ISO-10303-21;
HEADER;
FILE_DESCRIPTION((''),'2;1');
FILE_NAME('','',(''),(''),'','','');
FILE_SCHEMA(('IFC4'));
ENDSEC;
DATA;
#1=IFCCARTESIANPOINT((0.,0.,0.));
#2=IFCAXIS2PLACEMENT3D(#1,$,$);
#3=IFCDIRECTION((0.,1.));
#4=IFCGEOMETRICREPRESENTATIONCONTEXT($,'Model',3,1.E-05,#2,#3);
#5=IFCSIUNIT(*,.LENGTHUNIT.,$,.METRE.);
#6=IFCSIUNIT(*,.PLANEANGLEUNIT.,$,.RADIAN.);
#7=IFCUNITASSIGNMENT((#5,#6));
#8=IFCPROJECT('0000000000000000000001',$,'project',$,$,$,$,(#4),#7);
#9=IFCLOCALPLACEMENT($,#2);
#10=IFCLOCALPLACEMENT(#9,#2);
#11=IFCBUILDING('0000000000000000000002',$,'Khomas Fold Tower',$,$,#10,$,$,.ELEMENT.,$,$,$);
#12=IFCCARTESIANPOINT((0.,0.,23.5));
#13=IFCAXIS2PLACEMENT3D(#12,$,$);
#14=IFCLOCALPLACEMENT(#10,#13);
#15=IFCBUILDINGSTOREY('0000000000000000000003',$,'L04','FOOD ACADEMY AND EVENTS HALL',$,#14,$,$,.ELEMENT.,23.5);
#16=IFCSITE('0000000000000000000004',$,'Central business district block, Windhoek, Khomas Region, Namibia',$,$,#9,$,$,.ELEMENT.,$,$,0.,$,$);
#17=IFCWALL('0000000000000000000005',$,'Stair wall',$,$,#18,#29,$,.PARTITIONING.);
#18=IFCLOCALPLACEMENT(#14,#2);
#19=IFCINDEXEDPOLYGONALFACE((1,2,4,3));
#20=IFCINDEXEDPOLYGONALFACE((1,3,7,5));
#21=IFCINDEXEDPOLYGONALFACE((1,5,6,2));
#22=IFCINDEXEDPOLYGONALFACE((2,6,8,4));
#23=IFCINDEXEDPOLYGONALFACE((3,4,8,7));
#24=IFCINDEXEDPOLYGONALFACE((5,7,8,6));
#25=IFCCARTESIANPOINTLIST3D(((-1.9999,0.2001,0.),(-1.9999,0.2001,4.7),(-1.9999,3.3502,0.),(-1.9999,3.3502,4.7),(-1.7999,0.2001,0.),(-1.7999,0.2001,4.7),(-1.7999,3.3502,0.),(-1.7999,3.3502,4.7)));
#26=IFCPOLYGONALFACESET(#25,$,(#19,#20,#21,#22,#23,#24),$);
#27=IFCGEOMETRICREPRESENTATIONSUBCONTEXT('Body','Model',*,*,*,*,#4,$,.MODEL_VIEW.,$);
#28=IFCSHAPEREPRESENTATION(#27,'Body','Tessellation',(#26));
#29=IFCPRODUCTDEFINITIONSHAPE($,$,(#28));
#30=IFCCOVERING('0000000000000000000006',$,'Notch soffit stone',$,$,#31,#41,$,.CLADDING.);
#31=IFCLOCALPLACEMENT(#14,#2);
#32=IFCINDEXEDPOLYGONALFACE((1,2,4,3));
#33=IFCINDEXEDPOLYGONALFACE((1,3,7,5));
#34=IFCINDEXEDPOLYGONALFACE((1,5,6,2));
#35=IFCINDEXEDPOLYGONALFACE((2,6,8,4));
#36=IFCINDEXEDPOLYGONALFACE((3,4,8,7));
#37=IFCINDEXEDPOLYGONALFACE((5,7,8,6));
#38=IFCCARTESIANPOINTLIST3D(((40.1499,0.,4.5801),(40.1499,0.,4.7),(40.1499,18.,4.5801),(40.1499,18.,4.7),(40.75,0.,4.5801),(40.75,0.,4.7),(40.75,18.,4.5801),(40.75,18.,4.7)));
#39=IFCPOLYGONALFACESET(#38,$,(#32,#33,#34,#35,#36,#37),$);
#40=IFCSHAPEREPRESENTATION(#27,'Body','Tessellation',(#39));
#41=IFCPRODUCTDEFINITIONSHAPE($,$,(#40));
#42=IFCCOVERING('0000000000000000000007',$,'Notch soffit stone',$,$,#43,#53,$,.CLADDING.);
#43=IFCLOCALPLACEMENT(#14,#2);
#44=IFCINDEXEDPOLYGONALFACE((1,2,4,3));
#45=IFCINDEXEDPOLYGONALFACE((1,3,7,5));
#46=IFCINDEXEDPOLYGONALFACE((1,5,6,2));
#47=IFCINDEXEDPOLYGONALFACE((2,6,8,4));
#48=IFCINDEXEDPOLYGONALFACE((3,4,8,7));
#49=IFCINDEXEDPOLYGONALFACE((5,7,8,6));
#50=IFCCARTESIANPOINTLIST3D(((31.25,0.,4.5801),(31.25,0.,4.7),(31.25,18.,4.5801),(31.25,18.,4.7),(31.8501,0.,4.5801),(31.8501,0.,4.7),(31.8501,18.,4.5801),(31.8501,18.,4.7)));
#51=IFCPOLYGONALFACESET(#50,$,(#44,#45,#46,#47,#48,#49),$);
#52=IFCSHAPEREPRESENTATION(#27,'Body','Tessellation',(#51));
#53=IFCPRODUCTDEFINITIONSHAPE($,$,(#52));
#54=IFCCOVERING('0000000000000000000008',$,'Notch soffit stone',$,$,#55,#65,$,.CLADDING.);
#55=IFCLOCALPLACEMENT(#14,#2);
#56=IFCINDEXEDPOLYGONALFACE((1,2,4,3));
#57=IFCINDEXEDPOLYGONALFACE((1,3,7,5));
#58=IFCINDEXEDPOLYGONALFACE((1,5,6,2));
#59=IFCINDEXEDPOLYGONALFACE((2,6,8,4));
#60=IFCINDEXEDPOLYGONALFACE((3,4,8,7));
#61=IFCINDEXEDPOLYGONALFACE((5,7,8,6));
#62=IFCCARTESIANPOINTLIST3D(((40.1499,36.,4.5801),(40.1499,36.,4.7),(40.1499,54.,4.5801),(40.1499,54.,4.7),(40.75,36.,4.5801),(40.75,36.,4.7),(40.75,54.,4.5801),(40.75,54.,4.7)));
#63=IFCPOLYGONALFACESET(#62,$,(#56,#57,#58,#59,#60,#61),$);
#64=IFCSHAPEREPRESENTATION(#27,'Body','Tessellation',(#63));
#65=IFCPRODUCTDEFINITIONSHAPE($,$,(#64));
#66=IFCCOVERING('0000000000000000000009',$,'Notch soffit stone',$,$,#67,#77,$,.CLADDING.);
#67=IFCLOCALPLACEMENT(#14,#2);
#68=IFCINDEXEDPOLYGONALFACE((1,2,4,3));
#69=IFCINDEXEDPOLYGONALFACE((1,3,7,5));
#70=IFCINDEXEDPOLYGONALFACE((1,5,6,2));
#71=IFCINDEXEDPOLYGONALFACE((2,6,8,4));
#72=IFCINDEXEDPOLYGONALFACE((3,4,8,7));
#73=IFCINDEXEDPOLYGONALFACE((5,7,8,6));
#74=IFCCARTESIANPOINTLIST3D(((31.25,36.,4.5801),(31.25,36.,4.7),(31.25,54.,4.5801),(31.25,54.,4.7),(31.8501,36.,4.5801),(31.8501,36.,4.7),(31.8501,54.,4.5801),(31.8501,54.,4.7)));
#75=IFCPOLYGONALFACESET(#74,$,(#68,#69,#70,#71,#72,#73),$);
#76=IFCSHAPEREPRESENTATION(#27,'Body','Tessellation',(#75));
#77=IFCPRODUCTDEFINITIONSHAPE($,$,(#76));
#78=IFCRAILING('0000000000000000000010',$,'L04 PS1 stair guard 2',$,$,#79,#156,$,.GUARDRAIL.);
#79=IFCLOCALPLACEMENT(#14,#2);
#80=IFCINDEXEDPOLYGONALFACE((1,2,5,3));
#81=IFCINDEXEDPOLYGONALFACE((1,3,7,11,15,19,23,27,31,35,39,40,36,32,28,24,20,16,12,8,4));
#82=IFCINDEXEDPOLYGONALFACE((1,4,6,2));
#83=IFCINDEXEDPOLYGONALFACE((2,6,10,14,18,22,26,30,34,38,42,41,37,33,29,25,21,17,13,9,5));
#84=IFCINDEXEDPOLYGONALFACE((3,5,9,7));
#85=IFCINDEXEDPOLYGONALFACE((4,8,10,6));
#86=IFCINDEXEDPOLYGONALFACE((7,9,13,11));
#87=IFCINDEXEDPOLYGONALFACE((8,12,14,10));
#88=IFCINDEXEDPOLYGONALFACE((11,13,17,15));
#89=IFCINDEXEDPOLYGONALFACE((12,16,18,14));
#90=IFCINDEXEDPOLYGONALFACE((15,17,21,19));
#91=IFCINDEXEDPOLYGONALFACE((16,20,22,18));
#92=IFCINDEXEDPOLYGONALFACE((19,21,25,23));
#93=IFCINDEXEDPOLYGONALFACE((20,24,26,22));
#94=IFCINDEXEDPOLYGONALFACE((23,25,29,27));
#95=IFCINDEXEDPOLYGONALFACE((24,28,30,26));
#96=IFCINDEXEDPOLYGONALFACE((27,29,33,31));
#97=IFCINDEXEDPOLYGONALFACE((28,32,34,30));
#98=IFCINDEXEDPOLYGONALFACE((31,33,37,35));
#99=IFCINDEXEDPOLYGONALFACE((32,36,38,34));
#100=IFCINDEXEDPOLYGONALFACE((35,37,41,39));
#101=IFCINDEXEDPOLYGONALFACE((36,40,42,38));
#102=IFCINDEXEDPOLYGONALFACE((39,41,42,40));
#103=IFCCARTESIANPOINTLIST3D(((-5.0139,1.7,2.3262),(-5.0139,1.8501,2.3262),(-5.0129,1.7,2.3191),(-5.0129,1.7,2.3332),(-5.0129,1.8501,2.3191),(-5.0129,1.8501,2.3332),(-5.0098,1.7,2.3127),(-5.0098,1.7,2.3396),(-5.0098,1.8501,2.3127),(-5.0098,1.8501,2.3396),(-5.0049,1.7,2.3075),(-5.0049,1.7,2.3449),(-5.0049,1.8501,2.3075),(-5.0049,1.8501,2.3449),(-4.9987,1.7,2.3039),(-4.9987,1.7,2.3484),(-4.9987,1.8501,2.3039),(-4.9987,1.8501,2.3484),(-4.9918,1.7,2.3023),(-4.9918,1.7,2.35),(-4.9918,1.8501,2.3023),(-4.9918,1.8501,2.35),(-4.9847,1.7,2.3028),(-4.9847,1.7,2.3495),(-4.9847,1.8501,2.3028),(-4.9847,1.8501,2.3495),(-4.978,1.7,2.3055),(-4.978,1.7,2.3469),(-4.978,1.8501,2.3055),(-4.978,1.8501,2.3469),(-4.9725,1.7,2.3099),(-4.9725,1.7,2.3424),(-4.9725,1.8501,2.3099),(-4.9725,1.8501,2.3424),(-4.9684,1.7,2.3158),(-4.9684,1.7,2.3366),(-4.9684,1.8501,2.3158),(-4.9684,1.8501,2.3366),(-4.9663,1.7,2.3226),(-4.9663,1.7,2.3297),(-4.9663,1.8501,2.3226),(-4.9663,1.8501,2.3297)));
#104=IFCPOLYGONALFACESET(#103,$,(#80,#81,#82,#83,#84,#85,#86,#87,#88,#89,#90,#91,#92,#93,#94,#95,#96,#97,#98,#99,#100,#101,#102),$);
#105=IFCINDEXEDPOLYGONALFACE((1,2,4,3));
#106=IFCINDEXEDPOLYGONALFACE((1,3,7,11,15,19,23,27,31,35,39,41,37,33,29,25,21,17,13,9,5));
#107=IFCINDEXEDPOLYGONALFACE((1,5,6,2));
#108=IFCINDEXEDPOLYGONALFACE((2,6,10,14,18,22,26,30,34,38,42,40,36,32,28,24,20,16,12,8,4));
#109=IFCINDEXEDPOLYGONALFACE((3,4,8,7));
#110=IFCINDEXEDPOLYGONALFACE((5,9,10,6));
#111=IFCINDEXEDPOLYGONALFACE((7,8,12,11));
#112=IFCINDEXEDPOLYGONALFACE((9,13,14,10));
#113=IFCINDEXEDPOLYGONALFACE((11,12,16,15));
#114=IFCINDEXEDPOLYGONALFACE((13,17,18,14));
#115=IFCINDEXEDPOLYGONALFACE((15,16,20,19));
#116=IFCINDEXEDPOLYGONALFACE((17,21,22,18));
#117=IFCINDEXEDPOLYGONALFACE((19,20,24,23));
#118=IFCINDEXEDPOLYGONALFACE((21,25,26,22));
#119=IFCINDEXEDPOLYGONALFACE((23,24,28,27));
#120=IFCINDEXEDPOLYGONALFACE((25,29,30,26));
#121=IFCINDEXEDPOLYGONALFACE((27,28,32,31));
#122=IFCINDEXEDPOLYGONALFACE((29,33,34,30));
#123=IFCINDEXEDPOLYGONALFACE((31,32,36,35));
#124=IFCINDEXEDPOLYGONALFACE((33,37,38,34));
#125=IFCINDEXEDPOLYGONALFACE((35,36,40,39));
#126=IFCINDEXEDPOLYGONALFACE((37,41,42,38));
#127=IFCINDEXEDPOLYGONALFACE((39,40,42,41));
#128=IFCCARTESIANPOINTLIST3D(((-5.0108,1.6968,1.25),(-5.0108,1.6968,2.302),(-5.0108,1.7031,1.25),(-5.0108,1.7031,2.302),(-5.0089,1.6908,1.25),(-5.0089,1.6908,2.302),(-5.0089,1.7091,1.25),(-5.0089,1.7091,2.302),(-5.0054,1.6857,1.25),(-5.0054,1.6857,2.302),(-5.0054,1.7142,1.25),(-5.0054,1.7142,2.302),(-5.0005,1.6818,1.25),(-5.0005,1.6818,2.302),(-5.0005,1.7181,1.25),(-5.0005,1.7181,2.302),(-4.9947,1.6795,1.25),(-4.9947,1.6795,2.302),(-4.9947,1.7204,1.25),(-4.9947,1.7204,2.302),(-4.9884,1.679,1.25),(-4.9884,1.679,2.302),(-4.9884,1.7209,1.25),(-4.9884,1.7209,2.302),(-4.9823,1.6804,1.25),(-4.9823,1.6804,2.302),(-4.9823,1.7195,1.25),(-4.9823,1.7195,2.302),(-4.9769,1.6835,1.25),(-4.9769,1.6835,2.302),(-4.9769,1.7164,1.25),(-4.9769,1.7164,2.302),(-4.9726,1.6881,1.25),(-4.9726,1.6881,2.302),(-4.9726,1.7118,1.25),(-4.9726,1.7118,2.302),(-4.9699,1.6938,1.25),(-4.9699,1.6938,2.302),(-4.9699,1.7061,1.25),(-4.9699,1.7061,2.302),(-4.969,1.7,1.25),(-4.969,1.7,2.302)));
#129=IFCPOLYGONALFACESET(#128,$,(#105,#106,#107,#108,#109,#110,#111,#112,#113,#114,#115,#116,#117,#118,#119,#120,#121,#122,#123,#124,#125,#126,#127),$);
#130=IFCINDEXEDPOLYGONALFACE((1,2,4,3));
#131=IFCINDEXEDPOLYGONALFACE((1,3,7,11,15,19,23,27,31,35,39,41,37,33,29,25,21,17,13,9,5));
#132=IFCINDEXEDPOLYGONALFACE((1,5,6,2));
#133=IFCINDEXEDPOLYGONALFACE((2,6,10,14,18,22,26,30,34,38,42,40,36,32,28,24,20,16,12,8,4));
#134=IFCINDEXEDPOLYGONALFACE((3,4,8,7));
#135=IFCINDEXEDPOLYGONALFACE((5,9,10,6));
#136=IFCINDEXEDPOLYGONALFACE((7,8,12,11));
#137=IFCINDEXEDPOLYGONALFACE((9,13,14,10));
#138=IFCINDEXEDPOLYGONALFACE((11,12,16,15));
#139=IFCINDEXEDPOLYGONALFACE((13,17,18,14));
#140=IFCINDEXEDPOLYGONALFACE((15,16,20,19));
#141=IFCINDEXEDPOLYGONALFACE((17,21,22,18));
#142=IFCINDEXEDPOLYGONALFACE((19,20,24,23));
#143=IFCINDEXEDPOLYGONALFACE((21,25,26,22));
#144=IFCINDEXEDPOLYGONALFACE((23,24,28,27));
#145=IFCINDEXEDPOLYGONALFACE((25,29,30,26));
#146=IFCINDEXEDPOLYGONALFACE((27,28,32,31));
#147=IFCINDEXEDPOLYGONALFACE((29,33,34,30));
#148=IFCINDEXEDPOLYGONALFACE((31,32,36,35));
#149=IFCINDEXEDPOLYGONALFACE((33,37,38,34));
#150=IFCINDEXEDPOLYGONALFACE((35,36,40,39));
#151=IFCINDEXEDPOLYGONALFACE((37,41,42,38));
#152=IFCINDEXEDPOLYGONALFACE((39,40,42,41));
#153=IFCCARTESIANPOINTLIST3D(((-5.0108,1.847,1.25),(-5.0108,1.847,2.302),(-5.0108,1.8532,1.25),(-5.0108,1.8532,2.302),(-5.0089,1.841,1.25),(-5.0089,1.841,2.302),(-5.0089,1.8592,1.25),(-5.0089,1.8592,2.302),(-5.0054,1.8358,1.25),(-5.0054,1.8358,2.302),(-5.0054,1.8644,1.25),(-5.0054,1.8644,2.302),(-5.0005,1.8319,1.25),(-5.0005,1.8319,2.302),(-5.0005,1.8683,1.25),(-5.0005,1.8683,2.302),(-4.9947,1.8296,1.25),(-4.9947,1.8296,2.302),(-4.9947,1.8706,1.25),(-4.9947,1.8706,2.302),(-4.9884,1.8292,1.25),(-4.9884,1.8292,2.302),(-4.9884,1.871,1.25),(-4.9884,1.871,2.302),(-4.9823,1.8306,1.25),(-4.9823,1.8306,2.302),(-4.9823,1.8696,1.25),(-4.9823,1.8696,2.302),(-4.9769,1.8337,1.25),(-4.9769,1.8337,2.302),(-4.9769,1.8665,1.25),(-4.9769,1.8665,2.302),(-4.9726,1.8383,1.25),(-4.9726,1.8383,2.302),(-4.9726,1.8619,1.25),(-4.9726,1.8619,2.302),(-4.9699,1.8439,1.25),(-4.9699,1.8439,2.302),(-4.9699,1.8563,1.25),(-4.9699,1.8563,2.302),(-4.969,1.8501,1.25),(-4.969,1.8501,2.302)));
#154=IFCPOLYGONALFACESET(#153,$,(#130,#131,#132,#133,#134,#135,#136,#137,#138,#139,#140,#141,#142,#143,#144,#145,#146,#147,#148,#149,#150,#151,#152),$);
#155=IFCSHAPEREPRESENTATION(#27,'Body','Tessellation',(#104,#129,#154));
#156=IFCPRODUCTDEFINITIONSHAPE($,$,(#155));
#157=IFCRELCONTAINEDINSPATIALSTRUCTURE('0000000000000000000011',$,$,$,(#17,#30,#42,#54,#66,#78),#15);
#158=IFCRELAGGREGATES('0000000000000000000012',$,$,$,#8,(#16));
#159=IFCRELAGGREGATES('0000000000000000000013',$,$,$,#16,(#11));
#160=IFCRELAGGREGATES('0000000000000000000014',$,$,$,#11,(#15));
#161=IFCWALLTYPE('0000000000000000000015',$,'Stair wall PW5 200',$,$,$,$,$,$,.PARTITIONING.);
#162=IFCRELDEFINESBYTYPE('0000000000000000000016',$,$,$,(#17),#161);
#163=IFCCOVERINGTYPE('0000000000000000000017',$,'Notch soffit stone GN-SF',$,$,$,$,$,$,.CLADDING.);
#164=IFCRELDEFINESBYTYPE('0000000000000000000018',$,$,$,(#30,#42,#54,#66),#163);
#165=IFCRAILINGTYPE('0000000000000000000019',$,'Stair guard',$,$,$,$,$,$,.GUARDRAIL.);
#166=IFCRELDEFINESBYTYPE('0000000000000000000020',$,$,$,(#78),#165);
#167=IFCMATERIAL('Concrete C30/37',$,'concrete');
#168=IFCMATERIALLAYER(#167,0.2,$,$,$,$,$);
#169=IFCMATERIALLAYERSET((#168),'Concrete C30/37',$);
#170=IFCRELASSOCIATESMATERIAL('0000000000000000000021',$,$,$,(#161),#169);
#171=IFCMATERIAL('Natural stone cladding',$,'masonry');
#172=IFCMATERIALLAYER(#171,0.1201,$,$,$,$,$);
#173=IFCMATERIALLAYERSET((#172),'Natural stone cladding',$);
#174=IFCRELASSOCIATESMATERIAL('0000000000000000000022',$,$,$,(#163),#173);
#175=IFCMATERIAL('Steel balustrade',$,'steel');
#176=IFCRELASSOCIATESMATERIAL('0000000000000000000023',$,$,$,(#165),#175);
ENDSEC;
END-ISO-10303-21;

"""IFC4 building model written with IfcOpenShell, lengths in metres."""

from ifc_helpers import new_model, si_unit, direction, frame, frame_2d, origin, origin_2d, place, context, subcontext, project, spatial, polyline, rectangle, circle, outline, extrude, source, transform, mapped, material, layer, layer_set, type_object, element, save


model = new_model("IFC4")

# Units and contexts
model_context = context("Model", 3, precision=1e-05, world=origin(), true_north=direction((0.0, 1.0)))
body_context = subcontext(model_context, "Body", "Model", "MODEL_VIEW")
ifc_project = project(units=[si_unit("LENGTHUNIT", "METRE"), si_unit("PLANEANGLEUNIT", "RADIAN")], contexts=[model_context])

# Site, building, storey
site_placement = place(None, origin())
site = spatial("IfcSite", under=ifc_project, at=site_placement, Name="Central business district block, Windhoek, Khomas Region, Namibia", CompositionType="ELEMENT", RefElevation=0.0)
building_placement = place(site_placement, origin())
building = spatial("IfcBuilding", under=site, at=building_placement, Name="Khomas Fold Tower", CompositionType="ELEMENT")
storey_placement = place(building_placement, frame((0.0, 0.0, 23.5)))
storey = spatial("IfcBuildingStorey", under=building, at=storey_placement, Name="L04", Description="FOOD ACADEMY AND EVENTS HALL", CompositionType="ELEMENT", Elevation=23.5)

# Wall
ifc_material_1 = material(Name="Concrete C30/37", Category="concrete")
ifc_layer_1 = layer(ifc_material_1, 0.2)
ifc_layer_set_1 = layer_set([ifc_layer_1], Name="Concrete C30/37")
wall_type_1 = type_object("IfcWallType", Name="Stair wall PW5 200", PredefinedType="PARTITIONING", material=ifc_layer_set_1)
shared_shape_1 = source(origin(), body_context, "Body", "SweptSolid", [
    extrude(rectangle(XDim=3.1501, YDim=0.2, at=frame_2d((1.5752, 0.0))), origin(), (0.0, 0.0, 1.0), 4.7),
])
wall_1_placement = place(storey_placement, frame((-1.8999, 0.2, 0.0), z_axis=(0.0, 0.0, 1.0), x_axis=(0.0, 1.0, 0.0)))
element("IfcWall", 1, at=wall_1_placement, inside=storey, type_object=wall_type_1, Name="Stair wall", PredefinedType="PARTITIONING", context=body_context, shape_type="MappedRepresentation", body=[
    mapped(shared_shape_1, transform((0.0, 0.0, 0.0))),
])

# Coverings
ifc_material_2 = material(Name="Natural stone cladding", Category="masonry")
ifc_layer_2 = layer(ifc_material_2, 0.1201)
ifc_layer_set_2 = layer_set([ifc_layer_2], Name="Natural stone cladding")
covering_type = type_object("IfcCoveringType", Name="Notch soffit stone GN-SF", PredefinedType="CLADDING", material=ifc_layer_set_2)
shared_shape_2 = source(origin(), body_context, "Body", "SweptSolid", [
    extrude(outline(polyline([(40.1499, 18.0), (40.1499, 0.0), (40.75, 0.0), (40.75, 18.0), (40.1499, 18.0)])), origin(), (0.0, 0.0, 1.0), 0.1199),
])
covering_1_placement = place(storey_placement, frame((0.0, 0.0, 4.5801)))
element("IfcCovering", 2, at=covering_1_placement, inside=storey, type_object=covering_type, Name="Notch soffit stone", PredefinedType="CLADDING", context=body_context, shape_type="MappedRepresentation", body=[
    mapped(shared_shape_2, transform((0.0, 0.0, 0.0))),
])
shared_shape_3 = source(origin(), body_context, "Body", "SweptSolid", [
    extrude(outline(polyline([(31.8501, 0.0), (31.8501, 18.0), (31.25, 18.0), (31.25, 0.0), (31.8501, 0.0)])), origin(), (0.0, 0.0, 1.0), 0.1199),
])
covering_2_placement = place(storey_placement, frame((0.0, 0.0, 4.5801)))
element("IfcCovering", 3, at=covering_2_placement, inside=storey, type_object=covering_type, Name="Notch soffit stone", PredefinedType="CLADDING", context=body_context, shape_type="MappedRepresentation", body=[
    mapped(shared_shape_3, transform((0.0, 0.0, 0.0))),
])
shared_shape_4 = source(origin(), body_context, "Body", "SweptSolid", [
    extrude(outline(polyline([(40.1499, 54.0), (40.1499, 36.0), (40.75, 36.0), (40.75, 54.0), (40.1499, 54.0)])), origin(), (0.0, 0.0, 1.0), 0.1199),
])
covering_3_placement = place(storey_placement, frame((0.0, 0.0, 4.5801)))
element("IfcCovering", 4, at=covering_3_placement, inside=storey, type_object=covering_type, Name="Notch soffit stone", PredefinedType="CLADDING", context=body_context, shape_type="MappedRepresentation", body=[
    mapped(shared_shape_4, transform((0.0, 0.0, 0.0))),
])
shared_shape_5 = source(origin(), body_context, "Body", "SweptSolid", [
    extrude(outline(polyline([(31.8501, 36.0), (31.8501, 54.0), (31.25, 54.0), (31.25, 36.0), (31.8501, 36.0)])), origin(), (0.0, 0.0, 1.0), 0.1199),
])
covering_4_placement = place(storey_placement, frame((0.0, 0.0, 4.5801)))
element("IfcCovering", 5, at=covering_4_placement, inside=storey, type_object=covering_type, Name="Notch soffit stone", PredefinedType="CLADDING", context=body_context, shape_type="MappedRepresentation", body=[
    mapped(shared_shape_5, transform((0.0, 0.0, 0.0))),
])

# Railing
ifc_material_3 = material(Name="Steel balustrade", Category="steel")
railing_type = type_object("IfcRailingType", Name="Stair guard", PredefinedType="GUARDRAIL", material=ifc_material_3)
shared_shape_6 = source(origin(), body_context, "Body", "SweptSolid", [
    extrude(circle(Radius=0.0239, at=origin_2d()), frame((0.0, 0.0, 1.0762), z_axis=(0.0, 1.0, 0.0), x_axis=(-1.0, 0.0, 0.0)), (0.0, 0.0, 1.0), 0.1501),
    extrude(circle(Radius=0.021, at=origin_2d()), origin(), (0.0, 0.0, 1.0), 1.052),
    extrude(circle(Radius=0.021, at=origin_2d()), frame((0.0, 0.1501, 0.0)), (0.0, 0.0, 1.0), 1.052),
])
for number, where, name in (
    (6, (-4.99, 1.7, 1.25), "L04 PS1 stair guard 2"),
):
    element("IfcRailing", number, at=place(storey_placement, frame(where)), inside=storey, type_object=railing_type, Name=name, PredefinedType="GUARDRAIL", context=body_context, shape_type="MappedRepresentation", body=[
        mapped(shared_shape_6, transform((0.0, 0.0, 0.0))),
    ])

save(model, "model.ifc")
